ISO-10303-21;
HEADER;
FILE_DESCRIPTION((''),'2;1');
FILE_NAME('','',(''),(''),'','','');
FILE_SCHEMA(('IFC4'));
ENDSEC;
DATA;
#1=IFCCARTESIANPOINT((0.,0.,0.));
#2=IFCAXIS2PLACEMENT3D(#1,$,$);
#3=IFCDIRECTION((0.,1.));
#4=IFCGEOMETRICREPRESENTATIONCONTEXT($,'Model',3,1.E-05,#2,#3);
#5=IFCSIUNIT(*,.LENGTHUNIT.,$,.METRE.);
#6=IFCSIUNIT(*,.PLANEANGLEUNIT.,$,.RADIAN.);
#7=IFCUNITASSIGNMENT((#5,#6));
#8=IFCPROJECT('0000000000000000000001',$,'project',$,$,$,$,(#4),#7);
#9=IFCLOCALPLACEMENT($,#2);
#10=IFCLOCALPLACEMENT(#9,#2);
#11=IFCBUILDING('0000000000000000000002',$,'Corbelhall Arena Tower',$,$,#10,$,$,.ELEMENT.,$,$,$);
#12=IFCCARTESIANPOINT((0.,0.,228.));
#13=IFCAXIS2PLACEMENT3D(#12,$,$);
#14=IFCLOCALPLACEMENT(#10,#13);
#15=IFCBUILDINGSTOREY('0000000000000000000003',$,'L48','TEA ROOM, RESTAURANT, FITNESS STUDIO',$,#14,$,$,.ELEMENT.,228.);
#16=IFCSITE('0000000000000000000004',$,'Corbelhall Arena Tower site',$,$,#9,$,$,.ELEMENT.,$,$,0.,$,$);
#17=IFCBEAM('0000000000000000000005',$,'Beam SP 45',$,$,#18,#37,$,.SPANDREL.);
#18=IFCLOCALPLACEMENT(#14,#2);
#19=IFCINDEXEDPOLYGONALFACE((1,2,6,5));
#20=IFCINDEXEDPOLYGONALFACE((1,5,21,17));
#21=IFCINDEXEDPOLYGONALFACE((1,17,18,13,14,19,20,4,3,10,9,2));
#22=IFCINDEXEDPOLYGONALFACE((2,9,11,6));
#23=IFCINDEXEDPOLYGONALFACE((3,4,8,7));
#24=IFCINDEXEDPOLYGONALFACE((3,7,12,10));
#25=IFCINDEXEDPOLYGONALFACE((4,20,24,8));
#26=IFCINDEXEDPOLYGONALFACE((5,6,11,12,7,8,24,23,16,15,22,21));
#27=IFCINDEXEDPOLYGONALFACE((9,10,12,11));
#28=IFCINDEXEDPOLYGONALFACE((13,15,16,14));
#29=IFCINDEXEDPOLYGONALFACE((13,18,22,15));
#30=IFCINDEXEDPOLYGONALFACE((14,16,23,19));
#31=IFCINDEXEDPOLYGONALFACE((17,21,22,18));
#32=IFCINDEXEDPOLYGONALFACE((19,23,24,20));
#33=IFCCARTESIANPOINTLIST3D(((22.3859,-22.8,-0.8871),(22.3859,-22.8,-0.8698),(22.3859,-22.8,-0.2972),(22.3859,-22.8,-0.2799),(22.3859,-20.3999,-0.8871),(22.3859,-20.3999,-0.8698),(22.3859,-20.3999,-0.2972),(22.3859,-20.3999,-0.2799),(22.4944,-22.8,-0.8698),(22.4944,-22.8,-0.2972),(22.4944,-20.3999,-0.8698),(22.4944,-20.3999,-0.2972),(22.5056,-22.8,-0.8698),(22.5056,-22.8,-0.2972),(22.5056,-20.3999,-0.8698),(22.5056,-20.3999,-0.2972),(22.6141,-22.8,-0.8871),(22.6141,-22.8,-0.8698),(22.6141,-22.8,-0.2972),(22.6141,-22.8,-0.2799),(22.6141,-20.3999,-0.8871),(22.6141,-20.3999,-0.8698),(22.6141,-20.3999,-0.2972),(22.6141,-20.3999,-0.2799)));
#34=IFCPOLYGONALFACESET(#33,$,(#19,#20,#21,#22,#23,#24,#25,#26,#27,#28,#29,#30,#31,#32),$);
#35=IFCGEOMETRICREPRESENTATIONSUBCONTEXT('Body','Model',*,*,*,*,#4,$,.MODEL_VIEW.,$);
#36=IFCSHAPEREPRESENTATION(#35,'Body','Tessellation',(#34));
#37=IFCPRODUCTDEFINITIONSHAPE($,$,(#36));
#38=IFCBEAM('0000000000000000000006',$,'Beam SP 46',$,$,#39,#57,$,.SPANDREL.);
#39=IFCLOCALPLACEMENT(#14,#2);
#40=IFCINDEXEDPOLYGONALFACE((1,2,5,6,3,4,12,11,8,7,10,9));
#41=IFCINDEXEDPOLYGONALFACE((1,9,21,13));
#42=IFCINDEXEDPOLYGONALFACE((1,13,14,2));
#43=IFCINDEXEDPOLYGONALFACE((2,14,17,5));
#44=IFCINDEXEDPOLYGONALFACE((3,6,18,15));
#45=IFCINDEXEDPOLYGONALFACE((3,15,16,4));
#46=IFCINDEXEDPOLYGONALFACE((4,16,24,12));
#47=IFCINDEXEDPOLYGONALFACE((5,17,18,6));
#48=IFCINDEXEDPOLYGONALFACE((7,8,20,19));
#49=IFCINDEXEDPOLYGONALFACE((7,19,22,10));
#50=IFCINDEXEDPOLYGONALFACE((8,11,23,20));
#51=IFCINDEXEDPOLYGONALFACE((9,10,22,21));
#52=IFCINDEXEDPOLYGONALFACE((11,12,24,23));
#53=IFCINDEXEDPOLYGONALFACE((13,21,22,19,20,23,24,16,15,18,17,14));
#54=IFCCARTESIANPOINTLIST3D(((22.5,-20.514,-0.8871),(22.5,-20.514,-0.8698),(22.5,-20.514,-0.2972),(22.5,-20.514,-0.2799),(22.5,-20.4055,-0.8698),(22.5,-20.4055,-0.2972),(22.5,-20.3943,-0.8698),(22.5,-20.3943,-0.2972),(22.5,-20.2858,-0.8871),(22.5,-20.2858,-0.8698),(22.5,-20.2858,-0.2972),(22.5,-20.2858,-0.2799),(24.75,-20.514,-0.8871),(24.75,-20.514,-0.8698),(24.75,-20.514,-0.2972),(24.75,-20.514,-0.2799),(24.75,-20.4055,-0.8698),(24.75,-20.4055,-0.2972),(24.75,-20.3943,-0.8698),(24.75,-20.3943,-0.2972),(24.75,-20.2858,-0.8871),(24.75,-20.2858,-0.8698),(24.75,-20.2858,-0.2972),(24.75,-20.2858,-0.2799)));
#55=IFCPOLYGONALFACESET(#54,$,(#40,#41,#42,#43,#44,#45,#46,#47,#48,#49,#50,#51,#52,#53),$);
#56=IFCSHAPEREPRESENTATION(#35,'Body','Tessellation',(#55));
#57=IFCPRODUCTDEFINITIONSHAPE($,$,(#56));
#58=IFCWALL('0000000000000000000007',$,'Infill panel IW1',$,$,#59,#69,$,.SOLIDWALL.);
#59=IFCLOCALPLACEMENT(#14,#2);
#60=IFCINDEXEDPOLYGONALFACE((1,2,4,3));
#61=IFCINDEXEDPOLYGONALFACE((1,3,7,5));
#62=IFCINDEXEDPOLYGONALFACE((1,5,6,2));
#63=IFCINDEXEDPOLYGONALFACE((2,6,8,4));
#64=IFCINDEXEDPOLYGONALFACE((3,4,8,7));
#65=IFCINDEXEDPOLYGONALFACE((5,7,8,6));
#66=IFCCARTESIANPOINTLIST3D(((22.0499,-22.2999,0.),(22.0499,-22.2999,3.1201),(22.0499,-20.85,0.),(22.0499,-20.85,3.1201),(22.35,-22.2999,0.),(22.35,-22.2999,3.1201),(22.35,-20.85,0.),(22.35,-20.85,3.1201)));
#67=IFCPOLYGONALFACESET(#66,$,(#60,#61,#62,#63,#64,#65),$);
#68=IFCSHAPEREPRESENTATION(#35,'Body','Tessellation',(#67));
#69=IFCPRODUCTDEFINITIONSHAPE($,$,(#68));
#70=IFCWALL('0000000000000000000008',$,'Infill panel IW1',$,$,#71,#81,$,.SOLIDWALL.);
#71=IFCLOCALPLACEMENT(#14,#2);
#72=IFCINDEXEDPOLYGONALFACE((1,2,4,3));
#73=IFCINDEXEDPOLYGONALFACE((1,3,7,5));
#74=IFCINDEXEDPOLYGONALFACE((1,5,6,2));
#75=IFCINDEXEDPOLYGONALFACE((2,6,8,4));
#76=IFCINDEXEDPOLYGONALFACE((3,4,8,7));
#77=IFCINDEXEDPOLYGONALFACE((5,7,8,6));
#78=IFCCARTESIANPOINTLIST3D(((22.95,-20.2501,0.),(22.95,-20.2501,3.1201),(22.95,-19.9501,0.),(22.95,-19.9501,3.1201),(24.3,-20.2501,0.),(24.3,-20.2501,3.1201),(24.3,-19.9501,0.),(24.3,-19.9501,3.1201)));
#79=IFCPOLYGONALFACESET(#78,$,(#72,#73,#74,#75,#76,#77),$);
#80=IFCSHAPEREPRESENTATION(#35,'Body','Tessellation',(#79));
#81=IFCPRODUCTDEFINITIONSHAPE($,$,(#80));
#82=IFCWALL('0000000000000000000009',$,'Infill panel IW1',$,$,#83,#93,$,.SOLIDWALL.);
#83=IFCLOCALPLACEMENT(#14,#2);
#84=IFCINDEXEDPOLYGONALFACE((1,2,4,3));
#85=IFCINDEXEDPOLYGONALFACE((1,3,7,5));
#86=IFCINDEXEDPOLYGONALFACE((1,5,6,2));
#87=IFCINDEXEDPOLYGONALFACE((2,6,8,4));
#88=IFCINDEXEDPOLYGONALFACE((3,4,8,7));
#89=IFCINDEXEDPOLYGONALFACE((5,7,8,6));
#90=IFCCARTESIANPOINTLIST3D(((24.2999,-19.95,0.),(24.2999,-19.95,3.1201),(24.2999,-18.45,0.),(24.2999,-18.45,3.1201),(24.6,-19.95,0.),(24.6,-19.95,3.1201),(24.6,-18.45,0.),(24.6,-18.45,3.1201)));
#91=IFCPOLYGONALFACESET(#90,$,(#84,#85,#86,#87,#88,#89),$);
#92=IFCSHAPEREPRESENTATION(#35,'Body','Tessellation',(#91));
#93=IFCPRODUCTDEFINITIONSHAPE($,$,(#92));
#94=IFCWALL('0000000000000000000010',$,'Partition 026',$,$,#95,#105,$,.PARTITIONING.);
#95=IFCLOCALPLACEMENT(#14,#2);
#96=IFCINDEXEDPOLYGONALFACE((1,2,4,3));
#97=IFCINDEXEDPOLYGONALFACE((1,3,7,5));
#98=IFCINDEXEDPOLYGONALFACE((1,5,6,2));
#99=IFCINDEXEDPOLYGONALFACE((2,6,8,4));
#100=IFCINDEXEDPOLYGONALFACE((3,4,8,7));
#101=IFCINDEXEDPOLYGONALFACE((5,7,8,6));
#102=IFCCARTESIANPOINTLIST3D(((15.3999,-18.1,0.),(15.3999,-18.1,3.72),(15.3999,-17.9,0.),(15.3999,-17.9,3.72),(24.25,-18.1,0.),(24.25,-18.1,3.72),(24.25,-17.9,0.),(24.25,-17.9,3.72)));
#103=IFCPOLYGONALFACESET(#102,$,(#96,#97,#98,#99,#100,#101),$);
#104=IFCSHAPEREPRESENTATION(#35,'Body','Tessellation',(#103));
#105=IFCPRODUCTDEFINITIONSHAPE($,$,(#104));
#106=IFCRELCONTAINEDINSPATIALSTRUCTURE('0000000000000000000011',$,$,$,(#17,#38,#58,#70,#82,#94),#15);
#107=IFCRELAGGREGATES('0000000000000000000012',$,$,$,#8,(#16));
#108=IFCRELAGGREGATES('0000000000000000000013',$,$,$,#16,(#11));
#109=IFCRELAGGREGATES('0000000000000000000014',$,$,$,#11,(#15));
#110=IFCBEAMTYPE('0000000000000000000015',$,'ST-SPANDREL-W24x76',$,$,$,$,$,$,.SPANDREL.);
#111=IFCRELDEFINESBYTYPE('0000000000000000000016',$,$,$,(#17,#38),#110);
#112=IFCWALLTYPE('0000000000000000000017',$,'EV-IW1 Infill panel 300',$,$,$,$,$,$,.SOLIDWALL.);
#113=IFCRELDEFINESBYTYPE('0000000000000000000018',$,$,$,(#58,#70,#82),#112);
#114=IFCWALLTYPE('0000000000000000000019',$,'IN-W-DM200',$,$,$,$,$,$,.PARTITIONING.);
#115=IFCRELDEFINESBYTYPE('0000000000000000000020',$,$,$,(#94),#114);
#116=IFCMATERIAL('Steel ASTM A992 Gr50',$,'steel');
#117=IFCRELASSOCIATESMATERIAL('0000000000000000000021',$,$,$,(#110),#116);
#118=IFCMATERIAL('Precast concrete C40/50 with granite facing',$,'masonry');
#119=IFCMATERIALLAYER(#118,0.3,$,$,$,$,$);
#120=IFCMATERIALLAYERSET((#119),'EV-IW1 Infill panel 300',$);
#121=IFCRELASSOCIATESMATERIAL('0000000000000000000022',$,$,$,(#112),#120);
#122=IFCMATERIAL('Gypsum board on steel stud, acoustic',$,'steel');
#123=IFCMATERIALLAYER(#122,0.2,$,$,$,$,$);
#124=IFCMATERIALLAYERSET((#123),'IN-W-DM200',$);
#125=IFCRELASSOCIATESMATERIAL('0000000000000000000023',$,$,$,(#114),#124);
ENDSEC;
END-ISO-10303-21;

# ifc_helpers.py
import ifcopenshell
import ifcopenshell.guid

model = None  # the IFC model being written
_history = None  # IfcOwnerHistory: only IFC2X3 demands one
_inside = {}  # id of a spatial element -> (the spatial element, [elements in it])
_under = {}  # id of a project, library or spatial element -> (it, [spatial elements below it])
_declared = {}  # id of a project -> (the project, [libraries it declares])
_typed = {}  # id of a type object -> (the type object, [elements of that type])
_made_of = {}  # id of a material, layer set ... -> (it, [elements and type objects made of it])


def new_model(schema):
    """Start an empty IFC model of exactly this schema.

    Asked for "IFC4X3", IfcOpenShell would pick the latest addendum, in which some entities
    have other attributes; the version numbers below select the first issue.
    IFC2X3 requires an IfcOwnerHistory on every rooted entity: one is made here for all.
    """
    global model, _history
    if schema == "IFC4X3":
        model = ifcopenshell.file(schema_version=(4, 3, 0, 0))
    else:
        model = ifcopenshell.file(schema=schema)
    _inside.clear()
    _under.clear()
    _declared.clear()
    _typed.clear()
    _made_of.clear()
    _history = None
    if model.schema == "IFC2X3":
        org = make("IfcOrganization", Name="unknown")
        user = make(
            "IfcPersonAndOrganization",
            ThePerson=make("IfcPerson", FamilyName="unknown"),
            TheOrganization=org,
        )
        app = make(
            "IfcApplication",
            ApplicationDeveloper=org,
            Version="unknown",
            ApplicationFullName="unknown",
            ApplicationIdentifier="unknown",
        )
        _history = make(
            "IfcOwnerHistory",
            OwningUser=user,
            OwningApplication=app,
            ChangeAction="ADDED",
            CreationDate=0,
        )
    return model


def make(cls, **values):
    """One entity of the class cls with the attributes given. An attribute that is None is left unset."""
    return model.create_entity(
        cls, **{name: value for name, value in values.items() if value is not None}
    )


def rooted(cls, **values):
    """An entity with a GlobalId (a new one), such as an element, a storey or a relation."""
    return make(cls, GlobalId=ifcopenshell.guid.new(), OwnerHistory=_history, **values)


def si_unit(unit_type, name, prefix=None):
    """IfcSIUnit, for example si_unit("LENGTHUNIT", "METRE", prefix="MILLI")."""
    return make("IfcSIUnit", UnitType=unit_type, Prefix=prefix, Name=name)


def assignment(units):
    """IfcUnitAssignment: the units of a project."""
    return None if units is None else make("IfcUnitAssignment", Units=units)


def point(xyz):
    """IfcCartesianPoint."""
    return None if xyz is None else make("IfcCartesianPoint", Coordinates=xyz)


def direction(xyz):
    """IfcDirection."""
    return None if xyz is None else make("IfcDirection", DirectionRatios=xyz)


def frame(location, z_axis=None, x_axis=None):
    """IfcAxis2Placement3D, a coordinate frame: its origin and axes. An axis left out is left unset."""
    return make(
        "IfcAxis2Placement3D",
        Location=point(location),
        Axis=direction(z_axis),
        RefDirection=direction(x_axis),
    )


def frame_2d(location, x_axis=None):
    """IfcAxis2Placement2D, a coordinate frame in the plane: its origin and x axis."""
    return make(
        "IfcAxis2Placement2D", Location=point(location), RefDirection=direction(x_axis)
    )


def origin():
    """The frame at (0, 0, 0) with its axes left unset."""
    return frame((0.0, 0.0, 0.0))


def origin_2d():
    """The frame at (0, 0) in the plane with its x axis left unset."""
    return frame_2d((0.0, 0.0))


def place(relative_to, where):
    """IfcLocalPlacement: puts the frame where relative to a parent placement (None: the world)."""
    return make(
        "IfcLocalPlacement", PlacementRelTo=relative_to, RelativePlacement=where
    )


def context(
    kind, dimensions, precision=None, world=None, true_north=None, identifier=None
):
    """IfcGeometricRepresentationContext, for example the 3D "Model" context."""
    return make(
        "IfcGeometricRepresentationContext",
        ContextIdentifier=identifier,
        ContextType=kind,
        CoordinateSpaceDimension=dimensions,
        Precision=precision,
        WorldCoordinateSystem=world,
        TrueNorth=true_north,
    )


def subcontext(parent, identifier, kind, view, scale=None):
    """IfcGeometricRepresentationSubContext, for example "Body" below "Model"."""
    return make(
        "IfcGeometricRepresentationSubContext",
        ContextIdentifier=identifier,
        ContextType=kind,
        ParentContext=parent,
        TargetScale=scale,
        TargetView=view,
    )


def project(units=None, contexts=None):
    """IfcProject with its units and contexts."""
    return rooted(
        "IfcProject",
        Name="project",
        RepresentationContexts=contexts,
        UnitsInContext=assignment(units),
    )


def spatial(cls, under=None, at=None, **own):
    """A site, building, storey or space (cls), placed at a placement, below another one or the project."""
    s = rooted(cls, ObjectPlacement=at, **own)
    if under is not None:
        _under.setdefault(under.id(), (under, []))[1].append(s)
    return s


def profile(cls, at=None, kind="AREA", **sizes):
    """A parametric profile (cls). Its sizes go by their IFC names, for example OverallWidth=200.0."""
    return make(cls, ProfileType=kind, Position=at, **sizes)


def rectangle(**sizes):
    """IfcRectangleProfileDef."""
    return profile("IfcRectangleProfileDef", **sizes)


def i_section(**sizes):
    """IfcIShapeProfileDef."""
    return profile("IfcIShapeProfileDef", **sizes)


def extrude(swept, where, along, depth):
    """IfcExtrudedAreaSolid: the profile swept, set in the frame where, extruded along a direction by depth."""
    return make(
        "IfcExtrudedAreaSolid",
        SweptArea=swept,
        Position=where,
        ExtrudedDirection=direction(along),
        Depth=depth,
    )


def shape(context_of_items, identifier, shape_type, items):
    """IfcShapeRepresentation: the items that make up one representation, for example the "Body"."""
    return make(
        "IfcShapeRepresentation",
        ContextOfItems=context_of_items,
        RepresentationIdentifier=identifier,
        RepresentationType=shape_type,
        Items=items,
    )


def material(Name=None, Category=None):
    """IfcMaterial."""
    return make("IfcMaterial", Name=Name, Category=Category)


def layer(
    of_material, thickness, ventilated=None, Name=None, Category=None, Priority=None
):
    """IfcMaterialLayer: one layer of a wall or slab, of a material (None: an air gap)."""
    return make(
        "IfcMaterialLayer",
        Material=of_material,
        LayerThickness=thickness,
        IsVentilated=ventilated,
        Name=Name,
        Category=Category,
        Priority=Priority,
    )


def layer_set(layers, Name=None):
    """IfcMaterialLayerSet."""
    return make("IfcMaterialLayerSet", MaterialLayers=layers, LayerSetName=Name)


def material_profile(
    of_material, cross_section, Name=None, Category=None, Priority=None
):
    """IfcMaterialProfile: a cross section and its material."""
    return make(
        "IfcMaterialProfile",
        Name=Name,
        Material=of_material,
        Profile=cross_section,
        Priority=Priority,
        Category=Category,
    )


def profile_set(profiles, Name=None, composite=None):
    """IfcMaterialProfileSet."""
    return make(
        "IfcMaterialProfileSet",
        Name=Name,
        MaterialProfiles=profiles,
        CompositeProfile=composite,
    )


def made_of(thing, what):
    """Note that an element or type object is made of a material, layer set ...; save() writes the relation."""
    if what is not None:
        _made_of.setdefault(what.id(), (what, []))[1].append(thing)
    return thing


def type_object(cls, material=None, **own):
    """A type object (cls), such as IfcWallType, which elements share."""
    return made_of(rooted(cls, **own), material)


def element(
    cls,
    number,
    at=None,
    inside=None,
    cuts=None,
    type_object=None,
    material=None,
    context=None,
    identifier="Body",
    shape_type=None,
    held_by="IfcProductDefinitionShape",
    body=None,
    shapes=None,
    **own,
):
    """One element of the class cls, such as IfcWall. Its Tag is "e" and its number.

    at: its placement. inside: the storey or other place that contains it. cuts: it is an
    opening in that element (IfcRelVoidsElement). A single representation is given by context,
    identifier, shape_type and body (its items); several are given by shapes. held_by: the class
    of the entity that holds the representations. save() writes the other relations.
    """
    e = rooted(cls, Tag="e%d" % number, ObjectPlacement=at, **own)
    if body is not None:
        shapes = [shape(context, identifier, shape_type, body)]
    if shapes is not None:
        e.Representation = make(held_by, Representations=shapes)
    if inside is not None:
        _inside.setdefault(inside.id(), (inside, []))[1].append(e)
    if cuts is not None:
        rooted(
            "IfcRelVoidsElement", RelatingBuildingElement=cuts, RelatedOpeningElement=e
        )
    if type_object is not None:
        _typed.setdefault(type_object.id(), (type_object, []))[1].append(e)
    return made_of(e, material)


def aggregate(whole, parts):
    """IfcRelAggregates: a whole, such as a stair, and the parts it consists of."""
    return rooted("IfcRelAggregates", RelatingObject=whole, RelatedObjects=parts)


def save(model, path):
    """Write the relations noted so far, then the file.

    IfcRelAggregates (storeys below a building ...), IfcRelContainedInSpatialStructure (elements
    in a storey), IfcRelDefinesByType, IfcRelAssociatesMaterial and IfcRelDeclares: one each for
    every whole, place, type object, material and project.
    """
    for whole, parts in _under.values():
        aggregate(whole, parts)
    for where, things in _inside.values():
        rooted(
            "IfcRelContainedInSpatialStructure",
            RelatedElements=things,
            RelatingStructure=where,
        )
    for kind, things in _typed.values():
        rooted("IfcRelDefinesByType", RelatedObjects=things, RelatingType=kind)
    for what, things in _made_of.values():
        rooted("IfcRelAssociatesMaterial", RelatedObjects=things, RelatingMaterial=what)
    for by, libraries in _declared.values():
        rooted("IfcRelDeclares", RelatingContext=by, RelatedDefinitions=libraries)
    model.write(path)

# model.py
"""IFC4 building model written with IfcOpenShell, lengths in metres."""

from ifc_helpers import new_model, si_unit, direction, frame, frame_2d, origin, origin_2d, place, context, subcontext, project, spatial, rectangle, i_section, extrude, material, layer, layer_set, material_profile, profile_set, type_object, element, save


model = new_model("IFC4")

# Units and contexts
model_context = context("Model", 3, precision=1e-05, world=origin(), true_north=direction((0.0, 1.0)))
body_context = subcontext(model_context, "Body", "Model", "MODEL_VIEW")
ifc_project = project(units=[si_unit("LENGTHUNIT", "METRE"), si_unit("PLANEANGLEUNIT", "RADIAN")], contexts=[model_context])

# Site, building, storey
site_placement = place(None, origin())
site = spatial("IfcSite", under=ifc_project, at=site_placement, Name="Corbelhall Arena Tower site", CompositionType="ELEMENT", RefElevation=0.0)
building_placement = place(site_placement, origin())
building = spatial("IfcBuilding", under=site, at=building_placement, Name="Corbelhall Arena Tower", CompositionType="ELEMENT")
storey_placement = place(building_placement, frame((0.0, 0.0, 228.0)))
storey = spatial("IfcBuildingStorey", under=building, at=storey_placement, Name="L48", Description="TEA ROOM, RESTAURANT, FITNESS STUDIO", CompositionType="ELEMENT", Elevation=228.0)

# Beams
ifc_material_1 = material(Name="Steel ASTM A992 Gr50", Category="steel")
ifc_material_profile_1 = material_profile(ifc_material_1, i_section(OverallWidth=0.2283, OverallDepth=0.6072, WebThickness=0.0112, FlangeThickness=0.0173, at=origin_2d()))
ifc_profile_set_1 = profile_set([ifc_material_profile_1], Name="Steel ASTM A992 Gr50")
beam_type = type_object("IfcBeamType", Name="ST-SPANDREL-W24x76", PredefinedType="SPANDREL", material=ifc_profile_set_1)
beam_1_placement = place(storey_placement, frame((22.5, -20.3999, -0.5835), z_axis=(0.0, -1.0, 0.0), x_axis=(1.0, 0.0, 0.0)))
element("IfcBeam", 1, at=beam_1_placement, inside=storey, type_object=beam_type, Name="Beam SP 45", PredefinedType="SPANDREL", context=body_context, shape_type="SweptSolid", body=[
    extrude(i_section(OverallWidth=0.2283, OverallDepth=0.6072, WebThickness=0.0112, FlangeThickness=0.0173, at=origin_2d()), origin(), (0.0, 0.0, 1.0), 2.4001),
])
beam_2_placement = place(storey_placement, frame((24.75, -20.3999, -0.5835), z_axis=(-1.0, 0.0, 0.0), x_axis=(0.0, -1.0, 0.0)))
element("IfcBeam", 2, at=beam_2_placement, inside=storey, type_object=beam_type, Name="Beam SP 46", PredefinedType="SPANDREL", context=body_context, shape_type="SweptSolid", body=[
    extrude(i_section(OverallWidth=0.2283, OverallDepth=0.6072, WebThickness=0.0112, FlangeThickness=0.0173, at=origin_2d()), origin(), (0.0, 0.0, 1.0), 2.25),
])

# Shared definitions
ifc_material_2 = material(Name="Precast concrete C40/50 with granite facing", Category="masonry")
ifc_layer_1 = layer(ifc_material_2, 0.3)
ifc_layer_set_1 = layer_set([ifc_layer_1], Name="EV-IW1 Infill panel 300")
wall_type_1 = type_object("IfcWallType", Name="EV-IW1 Infill panel 300", PredefinedType="SOLIDWALL", material=ifc_layer_set_1)

# Walls
wall_1_placement = place(storey_placement, frame((22.2, -22.3, 0.0), z_axis=(0.0, 0.0, 1.0), x_axis=(0.0, 1.0, 0.0)))
element("IfcWall", 3, at=wall_1_placement, inside=storey, type_object=wall_type_1, Name="Infill panel IW1", PredefinedType="SOLIDWALL", context=body_context, shape_type="SweptSolid", body=[
    extrude(rectangle(XDim=1.45, YDim=0.3, at=frame_2d((0.7251, 0.0))), origin(), (0.0, 0.0, 1.0), 3.1201),
])
wall_2_placement = place(storey_placement, frame((22.95, -20.1001, 0.0), z_axis=(0.0, 0.0, 1.0), x_axis=(1.0, 0.0, 0.0)))
element("IfcWall", 4, at=wall_2_placement, inside=storey, type_object=wall_type_1, Name="Infill panel IW1", PredefinedType="SOLIDWALL", context=body_context, shape_type="SweptSolid", body=[
    extrude(rectangle(XDim=1.3501, YDim=0.3, at=frame_2d((0.675, 0.0))), origin(), (0.0, 0.0, 1.0), 3.1201),
])
wall_3_placement = place(storey_placement, frame((24.45, -19.95, 0.0), z_axis=(0.0, 0.0, 1.0), x_axis=(0.0, 1.0, 0.0)))
element("IfcWall", 5, at=wall_3_placement, inside=storey, type_object=wall_type_1, Name="Infill panel IW1", PredefinedType="SOLIDWALL", context=body_context, shape_type="SweptSolid", body=[
    extrude(rectangle(XDim=1.5, YDim=0.3, at=frame_2d((0.75, 0.0))), origin(), (0.0, 0.0, 1.0), 3.1201),
])

# Shared definitions
ifc_material_3 = material(Name="Gypsum board on steel stud, acoustic", Category="steel")
ifc_layer_2 = layer(ifc_material_3, 0.2)
ifc_layer_set_2 = layer_set([ifc_layer_2], Name="IN-W-DM200")
wall_type_2 = type_object("IfcWallType", Name="IN-W-DM200", PredefinedType="PARTITIONING", material=ifc_layer_set_2)

# Wall
wall_4_placement = place(storey_placement, frame((15.3999, -18.0, 0.0), z_axis=(0.0, 0.0, 1.0), x_axis=(1.0, 0.0, 0.0)))
element("IfcWall", 6, at=wall_4_placement, inside=storey, type_object=wall_type_2, Name="Partition 026", PredefinedType="PARTITIONING", context=body_context, shape_type="SweptSolid", body=[
    extrude(rectangle(XDim=8.8501, YDim=0.2, at=frame_2d((4.425, 0.0))), origin(), (0.0, 0.0, 1.0), 3.72),
])

save(model, "model.ifc")
